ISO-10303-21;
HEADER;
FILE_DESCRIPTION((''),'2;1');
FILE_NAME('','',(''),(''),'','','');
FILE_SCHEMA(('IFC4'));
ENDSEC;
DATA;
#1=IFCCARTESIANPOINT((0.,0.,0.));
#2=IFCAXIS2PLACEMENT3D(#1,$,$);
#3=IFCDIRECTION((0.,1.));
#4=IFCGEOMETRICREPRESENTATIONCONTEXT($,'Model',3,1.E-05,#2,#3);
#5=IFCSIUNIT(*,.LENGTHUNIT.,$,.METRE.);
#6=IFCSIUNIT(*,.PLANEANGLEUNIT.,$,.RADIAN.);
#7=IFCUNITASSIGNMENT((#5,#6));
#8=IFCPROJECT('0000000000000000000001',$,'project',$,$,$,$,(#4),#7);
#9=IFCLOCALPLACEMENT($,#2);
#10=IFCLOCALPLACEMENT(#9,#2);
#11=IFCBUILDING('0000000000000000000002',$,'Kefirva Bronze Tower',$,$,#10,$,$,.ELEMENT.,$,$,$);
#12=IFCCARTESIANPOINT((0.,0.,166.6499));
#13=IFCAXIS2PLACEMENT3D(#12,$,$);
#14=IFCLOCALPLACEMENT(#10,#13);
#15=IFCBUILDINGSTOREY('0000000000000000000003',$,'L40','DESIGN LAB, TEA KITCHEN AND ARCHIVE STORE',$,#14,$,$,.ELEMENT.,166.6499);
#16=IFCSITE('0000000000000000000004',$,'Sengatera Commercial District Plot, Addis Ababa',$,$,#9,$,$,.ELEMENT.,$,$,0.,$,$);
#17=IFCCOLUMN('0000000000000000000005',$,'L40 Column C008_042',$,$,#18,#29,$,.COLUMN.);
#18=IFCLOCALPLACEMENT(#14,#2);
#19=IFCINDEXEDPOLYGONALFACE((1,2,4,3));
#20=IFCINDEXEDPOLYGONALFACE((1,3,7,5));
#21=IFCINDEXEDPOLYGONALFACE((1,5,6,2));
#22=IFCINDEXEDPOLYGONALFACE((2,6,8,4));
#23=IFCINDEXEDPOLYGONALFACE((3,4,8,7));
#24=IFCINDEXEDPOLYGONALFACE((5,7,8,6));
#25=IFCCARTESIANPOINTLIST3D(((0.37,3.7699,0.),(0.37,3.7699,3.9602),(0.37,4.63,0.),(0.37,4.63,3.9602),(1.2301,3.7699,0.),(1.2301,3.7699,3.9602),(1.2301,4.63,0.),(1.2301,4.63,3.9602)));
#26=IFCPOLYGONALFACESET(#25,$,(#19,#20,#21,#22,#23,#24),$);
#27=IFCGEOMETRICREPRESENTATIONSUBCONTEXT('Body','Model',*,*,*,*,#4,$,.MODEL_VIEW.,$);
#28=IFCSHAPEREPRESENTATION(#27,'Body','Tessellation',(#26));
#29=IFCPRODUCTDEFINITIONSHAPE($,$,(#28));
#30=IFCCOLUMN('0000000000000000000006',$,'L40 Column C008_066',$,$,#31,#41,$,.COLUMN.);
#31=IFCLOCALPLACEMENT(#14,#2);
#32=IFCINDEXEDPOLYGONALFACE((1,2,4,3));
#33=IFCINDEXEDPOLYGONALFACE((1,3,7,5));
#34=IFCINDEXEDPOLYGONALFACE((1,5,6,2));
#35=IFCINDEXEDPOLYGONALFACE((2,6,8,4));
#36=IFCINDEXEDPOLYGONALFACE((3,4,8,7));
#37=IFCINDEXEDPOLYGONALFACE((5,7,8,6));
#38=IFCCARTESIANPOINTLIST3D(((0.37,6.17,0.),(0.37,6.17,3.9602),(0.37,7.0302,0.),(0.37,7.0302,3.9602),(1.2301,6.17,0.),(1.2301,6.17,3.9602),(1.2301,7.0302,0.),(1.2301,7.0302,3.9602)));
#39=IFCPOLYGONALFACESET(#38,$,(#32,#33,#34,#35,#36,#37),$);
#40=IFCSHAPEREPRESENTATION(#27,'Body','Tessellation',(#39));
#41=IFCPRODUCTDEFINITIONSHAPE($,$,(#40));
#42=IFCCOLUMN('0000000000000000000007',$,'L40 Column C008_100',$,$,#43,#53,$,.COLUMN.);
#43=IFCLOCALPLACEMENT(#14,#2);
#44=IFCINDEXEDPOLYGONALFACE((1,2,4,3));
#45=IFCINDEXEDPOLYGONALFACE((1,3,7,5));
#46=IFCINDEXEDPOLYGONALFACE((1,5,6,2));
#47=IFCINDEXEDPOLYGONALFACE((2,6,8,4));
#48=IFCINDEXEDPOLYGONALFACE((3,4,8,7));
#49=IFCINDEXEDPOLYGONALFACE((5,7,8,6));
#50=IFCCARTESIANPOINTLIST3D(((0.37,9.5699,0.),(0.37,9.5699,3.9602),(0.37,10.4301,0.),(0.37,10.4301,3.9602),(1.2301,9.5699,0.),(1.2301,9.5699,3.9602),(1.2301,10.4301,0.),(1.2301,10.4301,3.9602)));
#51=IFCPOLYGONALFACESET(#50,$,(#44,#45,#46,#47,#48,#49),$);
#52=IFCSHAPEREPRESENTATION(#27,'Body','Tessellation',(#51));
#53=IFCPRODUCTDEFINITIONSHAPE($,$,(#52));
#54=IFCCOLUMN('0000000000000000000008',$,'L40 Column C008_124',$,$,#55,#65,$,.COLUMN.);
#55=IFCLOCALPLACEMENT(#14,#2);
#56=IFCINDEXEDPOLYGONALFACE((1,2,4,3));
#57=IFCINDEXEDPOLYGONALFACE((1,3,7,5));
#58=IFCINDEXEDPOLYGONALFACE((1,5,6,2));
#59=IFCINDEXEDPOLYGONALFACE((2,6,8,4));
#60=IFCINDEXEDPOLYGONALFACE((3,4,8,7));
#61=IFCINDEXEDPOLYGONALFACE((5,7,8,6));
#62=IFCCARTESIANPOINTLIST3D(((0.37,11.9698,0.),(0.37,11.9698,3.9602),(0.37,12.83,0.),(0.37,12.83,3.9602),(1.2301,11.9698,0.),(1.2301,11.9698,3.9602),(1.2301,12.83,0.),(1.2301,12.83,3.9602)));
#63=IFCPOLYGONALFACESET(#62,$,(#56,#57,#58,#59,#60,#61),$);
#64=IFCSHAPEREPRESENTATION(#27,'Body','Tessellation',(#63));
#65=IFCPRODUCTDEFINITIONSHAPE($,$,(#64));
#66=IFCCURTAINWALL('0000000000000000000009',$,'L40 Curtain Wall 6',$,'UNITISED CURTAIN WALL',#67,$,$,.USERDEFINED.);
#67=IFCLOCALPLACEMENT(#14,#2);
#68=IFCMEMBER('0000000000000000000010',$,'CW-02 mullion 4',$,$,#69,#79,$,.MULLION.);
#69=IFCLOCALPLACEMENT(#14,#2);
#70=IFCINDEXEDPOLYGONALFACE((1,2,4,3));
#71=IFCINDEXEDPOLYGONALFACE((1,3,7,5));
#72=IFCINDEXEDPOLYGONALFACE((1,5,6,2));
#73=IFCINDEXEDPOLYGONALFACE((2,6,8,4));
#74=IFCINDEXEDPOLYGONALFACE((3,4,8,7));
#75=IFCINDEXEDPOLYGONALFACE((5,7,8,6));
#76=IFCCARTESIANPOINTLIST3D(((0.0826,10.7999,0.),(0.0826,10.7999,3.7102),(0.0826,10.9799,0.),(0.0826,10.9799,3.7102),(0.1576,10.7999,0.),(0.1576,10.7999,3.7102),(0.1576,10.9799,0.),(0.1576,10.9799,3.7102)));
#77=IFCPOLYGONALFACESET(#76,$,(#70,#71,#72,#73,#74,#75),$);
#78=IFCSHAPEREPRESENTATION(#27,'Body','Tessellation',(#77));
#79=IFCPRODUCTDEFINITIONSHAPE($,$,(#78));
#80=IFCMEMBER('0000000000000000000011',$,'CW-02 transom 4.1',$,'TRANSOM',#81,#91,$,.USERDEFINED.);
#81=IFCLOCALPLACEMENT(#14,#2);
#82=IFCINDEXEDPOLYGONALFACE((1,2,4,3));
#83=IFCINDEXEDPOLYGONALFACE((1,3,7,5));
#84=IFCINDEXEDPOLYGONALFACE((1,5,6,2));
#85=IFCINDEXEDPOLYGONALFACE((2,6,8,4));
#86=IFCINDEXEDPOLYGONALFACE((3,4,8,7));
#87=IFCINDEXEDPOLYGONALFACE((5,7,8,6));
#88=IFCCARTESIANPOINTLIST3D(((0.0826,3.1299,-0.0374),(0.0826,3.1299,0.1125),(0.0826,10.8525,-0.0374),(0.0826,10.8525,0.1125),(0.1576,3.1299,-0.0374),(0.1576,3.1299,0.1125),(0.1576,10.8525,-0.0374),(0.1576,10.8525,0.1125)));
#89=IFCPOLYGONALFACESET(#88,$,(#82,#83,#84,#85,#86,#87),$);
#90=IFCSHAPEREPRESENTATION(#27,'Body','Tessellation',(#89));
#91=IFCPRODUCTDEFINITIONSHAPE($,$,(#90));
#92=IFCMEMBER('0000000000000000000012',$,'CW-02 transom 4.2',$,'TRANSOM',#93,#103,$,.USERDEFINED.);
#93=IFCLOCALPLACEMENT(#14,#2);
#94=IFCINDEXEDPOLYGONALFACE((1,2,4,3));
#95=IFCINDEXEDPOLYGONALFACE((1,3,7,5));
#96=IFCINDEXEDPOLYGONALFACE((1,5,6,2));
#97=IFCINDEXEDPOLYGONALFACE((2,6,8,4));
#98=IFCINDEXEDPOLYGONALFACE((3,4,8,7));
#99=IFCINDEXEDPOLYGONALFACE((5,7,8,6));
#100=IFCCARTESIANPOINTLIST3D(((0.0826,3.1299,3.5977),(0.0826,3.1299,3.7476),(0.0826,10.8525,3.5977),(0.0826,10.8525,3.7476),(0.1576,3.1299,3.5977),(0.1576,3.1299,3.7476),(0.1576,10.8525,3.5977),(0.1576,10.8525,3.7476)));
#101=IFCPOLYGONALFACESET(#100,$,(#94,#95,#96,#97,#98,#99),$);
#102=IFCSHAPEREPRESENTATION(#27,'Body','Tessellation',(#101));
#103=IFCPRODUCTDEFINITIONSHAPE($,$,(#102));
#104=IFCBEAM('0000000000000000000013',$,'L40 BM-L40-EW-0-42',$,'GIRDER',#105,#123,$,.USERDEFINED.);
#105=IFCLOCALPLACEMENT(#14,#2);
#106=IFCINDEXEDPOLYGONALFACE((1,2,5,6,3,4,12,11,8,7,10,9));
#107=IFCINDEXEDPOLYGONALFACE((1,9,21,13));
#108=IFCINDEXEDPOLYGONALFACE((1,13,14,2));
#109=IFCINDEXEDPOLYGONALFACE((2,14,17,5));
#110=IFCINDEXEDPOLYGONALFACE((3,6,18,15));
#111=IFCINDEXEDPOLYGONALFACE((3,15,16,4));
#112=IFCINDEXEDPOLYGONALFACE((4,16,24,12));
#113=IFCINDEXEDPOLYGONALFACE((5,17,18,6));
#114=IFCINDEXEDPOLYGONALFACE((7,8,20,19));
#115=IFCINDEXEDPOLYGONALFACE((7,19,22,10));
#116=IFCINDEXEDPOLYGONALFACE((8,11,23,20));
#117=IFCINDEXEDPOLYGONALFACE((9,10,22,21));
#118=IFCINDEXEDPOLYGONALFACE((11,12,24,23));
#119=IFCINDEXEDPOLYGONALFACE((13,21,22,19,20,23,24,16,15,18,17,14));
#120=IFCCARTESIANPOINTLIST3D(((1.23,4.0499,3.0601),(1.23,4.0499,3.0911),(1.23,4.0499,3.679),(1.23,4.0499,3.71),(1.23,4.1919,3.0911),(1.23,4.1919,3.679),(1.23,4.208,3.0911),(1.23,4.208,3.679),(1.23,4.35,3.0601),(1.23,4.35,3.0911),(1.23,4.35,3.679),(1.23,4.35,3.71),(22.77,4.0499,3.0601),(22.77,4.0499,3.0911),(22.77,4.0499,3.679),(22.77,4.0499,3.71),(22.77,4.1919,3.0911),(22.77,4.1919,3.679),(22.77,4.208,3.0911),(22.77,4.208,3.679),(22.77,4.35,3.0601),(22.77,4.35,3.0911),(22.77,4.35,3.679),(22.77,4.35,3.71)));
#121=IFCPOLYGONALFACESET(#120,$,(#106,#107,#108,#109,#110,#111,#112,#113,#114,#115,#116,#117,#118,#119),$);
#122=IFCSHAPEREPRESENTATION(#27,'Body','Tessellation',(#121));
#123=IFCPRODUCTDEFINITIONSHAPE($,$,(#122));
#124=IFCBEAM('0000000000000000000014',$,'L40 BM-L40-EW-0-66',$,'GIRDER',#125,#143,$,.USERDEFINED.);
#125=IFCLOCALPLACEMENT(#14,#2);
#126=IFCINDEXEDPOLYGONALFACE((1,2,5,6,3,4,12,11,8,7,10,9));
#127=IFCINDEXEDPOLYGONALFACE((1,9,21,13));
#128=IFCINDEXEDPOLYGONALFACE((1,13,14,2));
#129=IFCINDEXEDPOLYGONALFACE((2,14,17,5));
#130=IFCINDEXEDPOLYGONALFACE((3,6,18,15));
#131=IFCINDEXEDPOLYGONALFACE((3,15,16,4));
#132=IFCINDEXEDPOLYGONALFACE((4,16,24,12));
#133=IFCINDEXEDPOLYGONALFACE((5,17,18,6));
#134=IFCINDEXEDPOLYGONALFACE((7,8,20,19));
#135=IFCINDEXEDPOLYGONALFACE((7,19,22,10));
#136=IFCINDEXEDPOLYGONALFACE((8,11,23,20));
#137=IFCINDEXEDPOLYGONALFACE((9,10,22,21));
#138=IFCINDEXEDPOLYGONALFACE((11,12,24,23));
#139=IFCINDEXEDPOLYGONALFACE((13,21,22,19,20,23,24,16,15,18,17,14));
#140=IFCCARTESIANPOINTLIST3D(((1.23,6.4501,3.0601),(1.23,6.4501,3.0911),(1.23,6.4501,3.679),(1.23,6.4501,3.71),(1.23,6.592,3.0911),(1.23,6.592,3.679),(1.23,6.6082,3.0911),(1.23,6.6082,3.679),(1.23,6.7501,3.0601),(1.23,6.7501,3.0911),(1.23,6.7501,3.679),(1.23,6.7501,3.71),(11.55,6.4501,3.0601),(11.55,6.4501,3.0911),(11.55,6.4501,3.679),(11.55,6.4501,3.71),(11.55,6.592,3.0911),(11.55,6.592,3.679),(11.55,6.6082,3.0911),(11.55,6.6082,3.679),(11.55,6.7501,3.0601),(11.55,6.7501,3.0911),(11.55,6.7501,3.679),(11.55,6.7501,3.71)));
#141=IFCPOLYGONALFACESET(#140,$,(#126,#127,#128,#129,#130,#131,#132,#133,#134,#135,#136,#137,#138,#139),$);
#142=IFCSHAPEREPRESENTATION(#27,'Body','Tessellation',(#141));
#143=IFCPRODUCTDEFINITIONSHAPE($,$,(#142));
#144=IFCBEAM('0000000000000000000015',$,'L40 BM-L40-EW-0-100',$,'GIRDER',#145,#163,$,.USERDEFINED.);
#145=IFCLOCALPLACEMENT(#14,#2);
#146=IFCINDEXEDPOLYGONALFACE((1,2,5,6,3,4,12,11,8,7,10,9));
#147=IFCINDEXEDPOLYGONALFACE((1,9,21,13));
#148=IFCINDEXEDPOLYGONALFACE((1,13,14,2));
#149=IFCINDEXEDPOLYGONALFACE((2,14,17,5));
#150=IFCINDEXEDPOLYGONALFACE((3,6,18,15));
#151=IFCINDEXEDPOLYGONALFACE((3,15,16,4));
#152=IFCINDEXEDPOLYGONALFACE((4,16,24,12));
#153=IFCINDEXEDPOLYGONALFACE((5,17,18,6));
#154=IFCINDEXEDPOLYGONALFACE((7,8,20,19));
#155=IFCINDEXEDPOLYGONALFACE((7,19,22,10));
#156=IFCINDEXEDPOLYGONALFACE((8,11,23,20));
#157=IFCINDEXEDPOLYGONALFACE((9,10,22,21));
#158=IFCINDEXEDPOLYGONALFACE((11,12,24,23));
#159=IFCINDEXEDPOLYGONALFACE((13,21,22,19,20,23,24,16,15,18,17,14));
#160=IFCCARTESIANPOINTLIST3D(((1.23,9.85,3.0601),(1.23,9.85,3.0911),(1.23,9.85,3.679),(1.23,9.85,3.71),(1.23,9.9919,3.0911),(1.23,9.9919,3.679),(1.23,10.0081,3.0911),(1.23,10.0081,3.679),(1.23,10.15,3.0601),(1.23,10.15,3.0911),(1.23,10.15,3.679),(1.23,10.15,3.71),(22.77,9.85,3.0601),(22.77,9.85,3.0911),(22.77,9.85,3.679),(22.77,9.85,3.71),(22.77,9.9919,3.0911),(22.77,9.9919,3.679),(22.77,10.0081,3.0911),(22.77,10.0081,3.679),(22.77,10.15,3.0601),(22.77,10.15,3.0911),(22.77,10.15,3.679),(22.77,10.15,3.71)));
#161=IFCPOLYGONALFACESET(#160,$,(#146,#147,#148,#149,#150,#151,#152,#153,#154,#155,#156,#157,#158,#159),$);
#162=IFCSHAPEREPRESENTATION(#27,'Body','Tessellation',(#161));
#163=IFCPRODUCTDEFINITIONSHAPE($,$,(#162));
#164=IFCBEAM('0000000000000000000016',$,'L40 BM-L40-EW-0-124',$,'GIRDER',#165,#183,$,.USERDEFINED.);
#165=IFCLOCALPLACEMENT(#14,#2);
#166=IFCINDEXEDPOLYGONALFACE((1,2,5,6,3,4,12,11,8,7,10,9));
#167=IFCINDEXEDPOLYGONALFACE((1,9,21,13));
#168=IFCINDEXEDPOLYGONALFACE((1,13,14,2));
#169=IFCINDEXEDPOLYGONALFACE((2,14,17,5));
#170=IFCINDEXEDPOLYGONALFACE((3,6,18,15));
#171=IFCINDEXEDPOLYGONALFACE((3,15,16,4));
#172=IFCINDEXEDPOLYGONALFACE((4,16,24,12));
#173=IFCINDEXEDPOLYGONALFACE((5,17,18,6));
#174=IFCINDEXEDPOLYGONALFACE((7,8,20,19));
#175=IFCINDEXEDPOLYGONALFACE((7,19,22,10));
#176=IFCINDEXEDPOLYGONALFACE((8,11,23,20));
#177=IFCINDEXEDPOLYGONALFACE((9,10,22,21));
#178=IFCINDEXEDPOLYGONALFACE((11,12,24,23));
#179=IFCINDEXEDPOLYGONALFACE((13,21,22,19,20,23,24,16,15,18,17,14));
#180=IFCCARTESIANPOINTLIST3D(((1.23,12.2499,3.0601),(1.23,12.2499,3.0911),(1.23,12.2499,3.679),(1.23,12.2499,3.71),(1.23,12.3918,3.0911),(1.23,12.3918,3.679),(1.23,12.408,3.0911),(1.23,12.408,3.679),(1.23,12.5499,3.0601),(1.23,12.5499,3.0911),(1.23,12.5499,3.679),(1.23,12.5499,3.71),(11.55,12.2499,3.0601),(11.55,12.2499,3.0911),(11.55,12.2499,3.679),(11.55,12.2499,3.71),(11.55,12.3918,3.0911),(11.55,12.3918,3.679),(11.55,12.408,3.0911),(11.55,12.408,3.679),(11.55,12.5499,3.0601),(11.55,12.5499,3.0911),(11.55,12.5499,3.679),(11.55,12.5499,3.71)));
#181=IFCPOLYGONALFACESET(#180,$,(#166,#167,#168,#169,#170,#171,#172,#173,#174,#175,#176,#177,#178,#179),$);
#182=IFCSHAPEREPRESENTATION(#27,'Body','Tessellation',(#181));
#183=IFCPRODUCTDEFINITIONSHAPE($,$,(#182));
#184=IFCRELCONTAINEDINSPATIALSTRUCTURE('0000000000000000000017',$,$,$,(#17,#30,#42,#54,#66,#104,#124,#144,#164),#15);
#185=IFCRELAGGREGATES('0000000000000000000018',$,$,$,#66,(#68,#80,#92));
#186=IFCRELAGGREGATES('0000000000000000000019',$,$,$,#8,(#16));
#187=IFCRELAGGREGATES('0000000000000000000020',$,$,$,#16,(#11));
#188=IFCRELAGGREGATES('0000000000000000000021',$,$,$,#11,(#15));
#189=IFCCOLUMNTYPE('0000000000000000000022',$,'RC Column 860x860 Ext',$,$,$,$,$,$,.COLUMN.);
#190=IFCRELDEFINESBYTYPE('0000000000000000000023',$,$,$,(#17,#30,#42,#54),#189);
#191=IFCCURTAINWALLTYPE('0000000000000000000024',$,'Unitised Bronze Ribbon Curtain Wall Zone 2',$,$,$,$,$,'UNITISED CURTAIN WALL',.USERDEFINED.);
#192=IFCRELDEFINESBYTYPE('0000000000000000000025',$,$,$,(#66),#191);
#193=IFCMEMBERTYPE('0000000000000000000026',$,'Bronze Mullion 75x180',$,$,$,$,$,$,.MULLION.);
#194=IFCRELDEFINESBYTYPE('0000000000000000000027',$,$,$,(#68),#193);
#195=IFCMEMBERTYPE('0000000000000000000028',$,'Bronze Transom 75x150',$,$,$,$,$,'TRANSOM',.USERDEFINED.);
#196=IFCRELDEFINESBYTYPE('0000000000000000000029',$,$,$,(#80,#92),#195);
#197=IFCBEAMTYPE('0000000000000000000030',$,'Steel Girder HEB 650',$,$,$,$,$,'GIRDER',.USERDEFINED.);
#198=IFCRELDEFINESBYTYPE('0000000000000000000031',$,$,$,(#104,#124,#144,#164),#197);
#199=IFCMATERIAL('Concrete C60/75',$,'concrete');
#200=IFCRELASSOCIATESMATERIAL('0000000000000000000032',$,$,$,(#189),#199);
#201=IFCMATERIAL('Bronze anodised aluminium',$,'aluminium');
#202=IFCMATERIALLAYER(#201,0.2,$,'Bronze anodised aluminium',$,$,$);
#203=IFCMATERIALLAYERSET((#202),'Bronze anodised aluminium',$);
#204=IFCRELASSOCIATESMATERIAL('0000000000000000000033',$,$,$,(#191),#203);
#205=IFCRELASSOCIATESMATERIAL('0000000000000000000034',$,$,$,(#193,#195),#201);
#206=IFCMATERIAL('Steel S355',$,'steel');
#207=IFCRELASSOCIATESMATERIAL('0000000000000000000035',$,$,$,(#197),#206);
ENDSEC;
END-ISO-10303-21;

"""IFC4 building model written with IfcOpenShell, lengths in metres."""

from ifc_helpers import new_model, si_unit, direction, frame, origin, origin_2d, place, context, subcontext, project, spatial, rectangle, i_section, extrude, material, layer, layer_set, material_profile, profile_set, type_object, element, aggregate, save


model = new_model("IFC4")

# Units and contexts
model_context = context("Model", 3, precision=1e-05, world=origin(), true_north=direction((0.0, 1.0)))
body_context = subcontext(model_context, "Body", "Model", "MODEL_VIEW")
ifc_project = project(units=[si_unit("LENGTHUNIT", "METRE"), si_unit("PLANEANGLEUNIT", "RADIAN")], contexts=[model_context])

# Site, building, storey
site_placement = place(None, origin())
site = spatial("IfcSite", under=ifc_project, at=site_placement, Name="Sengatera Commercial District Plot, Addis Ababa", CompositionType="ELEMENT", RefElevation=0.0)
building_placement = place(site_placement, origin())
building = spatial("IfcBuilding", under=site, at=building_placement, Name="Kefirva Bronze Tower", CompositionType="ELEMENT")
storey_placement = place(building_placement, frame((0.0, 0.0, 166.6499)))
storey = spatial("IfcBuildingStorey", under=building, at=storey_placement, Name="L40", Description="DESIGN LAB, TEA KITCHEN AND ARCHIVE STORE", CompositionType="ELEMENT", Elevation=166.6499)

# Columns
ifc_material_1 = material(Name="Concrete C60/75", Category="concrete")
ifc_material_profile_1 = material_profile(ifc_material_1, rectangle(XDim=0.8601, YDim=0.8601, at=origin_2d()), Name="RC 860x860")
ifc_profile_set_1 = profile_set([ifc_material_profile_1], Name="Concrete C60/75")
column_type = type_object("IfcColumnType", Name="RC Column 860x860 Ext", PredefinedType="COLUMN", material=ifc_profile_set_1)
for number, where, z_axis, x_axis, name in (
    (1, (0.8, 4.2, 0.0), (0.0, 0.0, 1.0), (1.0, 0.0, 0.0), "L40 Column C008_042"),
    (2, (0.8, 6.6001, 0.0), (0.0, 0.0, 1.0), (1.0, 0.0, 0.0), "L40 Column C008_066"),
    (3, (0.8, 10.0, 0.0), (0.0, 0.0, 1.0), (1.0, 0.0, 0.0), "L40 Column C008_100"),
    (4, (0.8, 12.3999, 0.0), (0.0, 0.0, 1.0), (1.0, 0.0, 0.0), "L40 Column C008_124"),
):
    element("IfcColumn", number, at=place(storey_placement, frame(where, z_axis=z_axis, x_axis=x_axis)), inside=storey, type_object=column_type, Name=name, PredefinedType="COLUMN", context=body_context, shape_type="SweptSolid", body=[
        extrude(rectangle(XDim=0.8601, YDim=0.8601, at=origin_2d()), origin(), (0.0, 0.0, 1.0), 3.9602),
    ])

# Curtain wall, members
ifc_material_2 = material(Name="Bronze anodised aluminium", Category="aluminium")
ifc_layer_1 = layer(ifc_material_2, 0.2, Name="Bronze anodised aluminium")
ifc_layer_set_1 = layer_set([ifc_layer_1], Name="Bronze anodised aluminium")
curtain_wall_type = type_object("IfcCurtainWallType", Name="Unitised Bronze Ribbon Curtain Wall Zone 2", ElementType="UNITISED CURTAIN WALL", PredefinedType="USERDEFINED", material=ifc_layer_set_1)
curtain_wall_placement = place(storey_placement, origin())
curtain_wall = element("IfcCurtainWall", 5, at=curtain_wall_placement, inside=storey, type_object=curtain_wall_type, Name="L40 Curtain Wall 6", ObjectType="UNITISED CURTAIN WALL", PredefinedType="USERDEFINED")
ifc_material_profile_2 = material_profile(ifc_material_2, rectangle(XDim=0.075, YDim=0.1799, at=origin_2d()), Name="ALU 75x180")
ifc_profile_set_2 = profile_set([ifc_material_profile_2], Name="Bronze anodised aluminium")
member_type_1 = type_object("IfcMemberType", Name="Bronze Mullion 75x180", PredefinedType="MULLION", material=ifc_profile_set_2)
member_1_placement = place(storey_placement, frame((0.1201, 10.8899, 0.0), z_axis=(0.0, 0.0, 1.0), x_axis=(1.0, 0.0, 0.0)))
member_1 = element("IfcMember", 6, at=member_1_placement, type_object=member_type_1, Name="CW-02 mullion 4", PredefinedType="MULLION", context=body_context, shape_type="SweptSolid", body=[
    extrude(rectangle(XDim=0.075, YDim=0.1799, at=origin_2d()), origin(), (0.0, 0.0, 1.0), 3.7102),
])
ifc_material_profile_3 = material_profile(ifc_material_2, rectangle(XDim=0.075, YDim=0.1499, at=origin_2d()), Name="ALU 75x150")
ifc_profile_set_3 = profile_set([ifc_material_profile_3], Name="Bronze anodised aluminium")
member_type_2 = type_object("IfcMemberType", Name="Bronze Transom 75x150", ElementType="TRANSOM", PredefinedType="USERDEFINED", material=ifc_profile_set_3)
member_2_placement = place(storey_placement, frame((0.1201, 10.8525, 0.0376), z_axis=(0.0, -1.0, 0.0), x_axis=(1.0, 0.0, 0.0)))
member_2 = element("IfcMember", 7, at=member_2_placement, type_object=member_type_2, Name="CW-02 transom 4.1", ObjectType="TRANSOM", PredefinedType="USERDEFINED", context=body_context, shape_type="SweptSolid", body=[
    extrude(rectangle(XDim=0.075, YDim=0.1499, at=origin_2d()), origin(), (0.0, 0.0, 1.0), 7.7227),
])
member_3_placement = place(storey_placement, frame((0.1201, 10.8525, 3.6726), z_axis=(0.0, -1.0, 0.0), x_axis=(1.0, 0.0, 0.0)))
member_3 = element("IfcMember", 8, at=member_3_placement, type_object=member_type_2, Name="CW-02 transom 4.2", ObjectType="TRANSOM", PredefinedType="USERDEFINED", context=body_context, shape_type="SweptSolid", body=[
    extrude(rectangle(XDim=0.075, YDim=0.1499, at=origin_2d()), origin(), (0.0, 0.0, 1.0), 7.7227),
])

# Beams
ifc_material_3 = material(Name="Steel S355", Category="steel")
ifc_material_profile_4 = material_profile(ifc_material_3, i_section(OverallWidth=0.3, OverallDepth=0.6499, WebThickness=0.0161, FlangeThickness=0.031, at=origin_2d()), Name="HEB 650")
ifc_profile_set_4 = profile_set([ifc_material_profile_4], Name="Steel S355")
beam_type_1 = type_object("IfcBeamType", Name="Steel Girder HEB 650", ElementType="GIRDER", PredefinedType="USERDEFINED", material=ifc_profile_set_4)
beam_1_placement = place(storey_placement, frame((1.23, 4.2, 3.385), z_axis=(1.0, 0.0, 0.0), x_axis=(0.0, 1.0, 0.0)))
element("IfcBeam", 9, at=beam_1_placement, inside=storey, type_object=beam_type_1, Name="L40 BM-L40-EW-0-42", ObjectType="GIRDER", PredefinedType="USERDEFINED", context=body_context, shape_type="SweptSolid", body=[
    extrude(i_section(OverallWidth=0.3, OverallDepth=0.6499, WebThickness=0.0161, FlangeThickness=0.031, at=origin_2d()), origin(), (0.0, 0.0, 1.0), 21.54),
])
beam_2_placement = place(storey_placement, frame((1.23, 6.6001, 3.385), z_axis=(1.0, 0.0, 0.0), x_axis=(0.0, 1.0, 0.0)))
element("IfcBeam", 10, at=beam_2_placement, inside=storey, type_object=beam_type_1, Name="L40 BM-L40-EW-0-66", ObjectType="GIRDER", PredefinedType="USERDEFINED", context=body_context, shape_type="SweptSolid", body=[
    extrude(i_section(OverallWidth=0.3, OverallDepth=0.6499, WebThickness=0.0161, FlangeThickness=0.031, at=origin_2d()), origin(), (0.0, 0.0, 1.0), 10.3201),
])
beam_3_placement = place(storey_placement, frame((1.23, 10.0, 3.385), z_axis=(1.0, 0.0, 0.0), x_axis=(0.0, 1.0, 0.0)))
element("IfcBeam", 11, at=beam_3_placement, inside=storey, type_object=beam_type_1, Name="L40 BM-L40-EW-0-100", ObjectType="GIRDER", PredefinedType="USERDEFINED", context=body_context, shape_type="SweptSolid", body=[
    extrude(i_section(OverallWidth=0.3, OverallDepth=0.6499, WebThickness=0.0161, FlangeThickness=0.031, at=origin_2d()), origin(), (0.0, 0.0, 1.0), 21.54),
])
beam_4_placement = place(storey_placement, frame((1.23, 12.3999, 3.385), z_axis=(1.0, 0.0, 0.0), x_axis=(0.0, 1.0, 0.0)))
element("IfcBeam", 12, at=beam_4_placement, inside=storey, type_object=beam_type_1, Name="L40 BM-L40-EW-0-124", ObjectType="GIRDER", PredefinedType="USERDEFINED", context=body_context, shape_type="SweptSolid", body=[
    extrude(i_section(OverallWidth=0.3, OverallDepth=0.6499, WebThickness=0.0161, FlangeThickness=0.031, at=origin_2d()), origin(), (0.0, 0.0, 1.0), 10.3201),
])

aggregate(curtain_wall, [member_1, member_2, member_3])

save(model, "model.ifc")
